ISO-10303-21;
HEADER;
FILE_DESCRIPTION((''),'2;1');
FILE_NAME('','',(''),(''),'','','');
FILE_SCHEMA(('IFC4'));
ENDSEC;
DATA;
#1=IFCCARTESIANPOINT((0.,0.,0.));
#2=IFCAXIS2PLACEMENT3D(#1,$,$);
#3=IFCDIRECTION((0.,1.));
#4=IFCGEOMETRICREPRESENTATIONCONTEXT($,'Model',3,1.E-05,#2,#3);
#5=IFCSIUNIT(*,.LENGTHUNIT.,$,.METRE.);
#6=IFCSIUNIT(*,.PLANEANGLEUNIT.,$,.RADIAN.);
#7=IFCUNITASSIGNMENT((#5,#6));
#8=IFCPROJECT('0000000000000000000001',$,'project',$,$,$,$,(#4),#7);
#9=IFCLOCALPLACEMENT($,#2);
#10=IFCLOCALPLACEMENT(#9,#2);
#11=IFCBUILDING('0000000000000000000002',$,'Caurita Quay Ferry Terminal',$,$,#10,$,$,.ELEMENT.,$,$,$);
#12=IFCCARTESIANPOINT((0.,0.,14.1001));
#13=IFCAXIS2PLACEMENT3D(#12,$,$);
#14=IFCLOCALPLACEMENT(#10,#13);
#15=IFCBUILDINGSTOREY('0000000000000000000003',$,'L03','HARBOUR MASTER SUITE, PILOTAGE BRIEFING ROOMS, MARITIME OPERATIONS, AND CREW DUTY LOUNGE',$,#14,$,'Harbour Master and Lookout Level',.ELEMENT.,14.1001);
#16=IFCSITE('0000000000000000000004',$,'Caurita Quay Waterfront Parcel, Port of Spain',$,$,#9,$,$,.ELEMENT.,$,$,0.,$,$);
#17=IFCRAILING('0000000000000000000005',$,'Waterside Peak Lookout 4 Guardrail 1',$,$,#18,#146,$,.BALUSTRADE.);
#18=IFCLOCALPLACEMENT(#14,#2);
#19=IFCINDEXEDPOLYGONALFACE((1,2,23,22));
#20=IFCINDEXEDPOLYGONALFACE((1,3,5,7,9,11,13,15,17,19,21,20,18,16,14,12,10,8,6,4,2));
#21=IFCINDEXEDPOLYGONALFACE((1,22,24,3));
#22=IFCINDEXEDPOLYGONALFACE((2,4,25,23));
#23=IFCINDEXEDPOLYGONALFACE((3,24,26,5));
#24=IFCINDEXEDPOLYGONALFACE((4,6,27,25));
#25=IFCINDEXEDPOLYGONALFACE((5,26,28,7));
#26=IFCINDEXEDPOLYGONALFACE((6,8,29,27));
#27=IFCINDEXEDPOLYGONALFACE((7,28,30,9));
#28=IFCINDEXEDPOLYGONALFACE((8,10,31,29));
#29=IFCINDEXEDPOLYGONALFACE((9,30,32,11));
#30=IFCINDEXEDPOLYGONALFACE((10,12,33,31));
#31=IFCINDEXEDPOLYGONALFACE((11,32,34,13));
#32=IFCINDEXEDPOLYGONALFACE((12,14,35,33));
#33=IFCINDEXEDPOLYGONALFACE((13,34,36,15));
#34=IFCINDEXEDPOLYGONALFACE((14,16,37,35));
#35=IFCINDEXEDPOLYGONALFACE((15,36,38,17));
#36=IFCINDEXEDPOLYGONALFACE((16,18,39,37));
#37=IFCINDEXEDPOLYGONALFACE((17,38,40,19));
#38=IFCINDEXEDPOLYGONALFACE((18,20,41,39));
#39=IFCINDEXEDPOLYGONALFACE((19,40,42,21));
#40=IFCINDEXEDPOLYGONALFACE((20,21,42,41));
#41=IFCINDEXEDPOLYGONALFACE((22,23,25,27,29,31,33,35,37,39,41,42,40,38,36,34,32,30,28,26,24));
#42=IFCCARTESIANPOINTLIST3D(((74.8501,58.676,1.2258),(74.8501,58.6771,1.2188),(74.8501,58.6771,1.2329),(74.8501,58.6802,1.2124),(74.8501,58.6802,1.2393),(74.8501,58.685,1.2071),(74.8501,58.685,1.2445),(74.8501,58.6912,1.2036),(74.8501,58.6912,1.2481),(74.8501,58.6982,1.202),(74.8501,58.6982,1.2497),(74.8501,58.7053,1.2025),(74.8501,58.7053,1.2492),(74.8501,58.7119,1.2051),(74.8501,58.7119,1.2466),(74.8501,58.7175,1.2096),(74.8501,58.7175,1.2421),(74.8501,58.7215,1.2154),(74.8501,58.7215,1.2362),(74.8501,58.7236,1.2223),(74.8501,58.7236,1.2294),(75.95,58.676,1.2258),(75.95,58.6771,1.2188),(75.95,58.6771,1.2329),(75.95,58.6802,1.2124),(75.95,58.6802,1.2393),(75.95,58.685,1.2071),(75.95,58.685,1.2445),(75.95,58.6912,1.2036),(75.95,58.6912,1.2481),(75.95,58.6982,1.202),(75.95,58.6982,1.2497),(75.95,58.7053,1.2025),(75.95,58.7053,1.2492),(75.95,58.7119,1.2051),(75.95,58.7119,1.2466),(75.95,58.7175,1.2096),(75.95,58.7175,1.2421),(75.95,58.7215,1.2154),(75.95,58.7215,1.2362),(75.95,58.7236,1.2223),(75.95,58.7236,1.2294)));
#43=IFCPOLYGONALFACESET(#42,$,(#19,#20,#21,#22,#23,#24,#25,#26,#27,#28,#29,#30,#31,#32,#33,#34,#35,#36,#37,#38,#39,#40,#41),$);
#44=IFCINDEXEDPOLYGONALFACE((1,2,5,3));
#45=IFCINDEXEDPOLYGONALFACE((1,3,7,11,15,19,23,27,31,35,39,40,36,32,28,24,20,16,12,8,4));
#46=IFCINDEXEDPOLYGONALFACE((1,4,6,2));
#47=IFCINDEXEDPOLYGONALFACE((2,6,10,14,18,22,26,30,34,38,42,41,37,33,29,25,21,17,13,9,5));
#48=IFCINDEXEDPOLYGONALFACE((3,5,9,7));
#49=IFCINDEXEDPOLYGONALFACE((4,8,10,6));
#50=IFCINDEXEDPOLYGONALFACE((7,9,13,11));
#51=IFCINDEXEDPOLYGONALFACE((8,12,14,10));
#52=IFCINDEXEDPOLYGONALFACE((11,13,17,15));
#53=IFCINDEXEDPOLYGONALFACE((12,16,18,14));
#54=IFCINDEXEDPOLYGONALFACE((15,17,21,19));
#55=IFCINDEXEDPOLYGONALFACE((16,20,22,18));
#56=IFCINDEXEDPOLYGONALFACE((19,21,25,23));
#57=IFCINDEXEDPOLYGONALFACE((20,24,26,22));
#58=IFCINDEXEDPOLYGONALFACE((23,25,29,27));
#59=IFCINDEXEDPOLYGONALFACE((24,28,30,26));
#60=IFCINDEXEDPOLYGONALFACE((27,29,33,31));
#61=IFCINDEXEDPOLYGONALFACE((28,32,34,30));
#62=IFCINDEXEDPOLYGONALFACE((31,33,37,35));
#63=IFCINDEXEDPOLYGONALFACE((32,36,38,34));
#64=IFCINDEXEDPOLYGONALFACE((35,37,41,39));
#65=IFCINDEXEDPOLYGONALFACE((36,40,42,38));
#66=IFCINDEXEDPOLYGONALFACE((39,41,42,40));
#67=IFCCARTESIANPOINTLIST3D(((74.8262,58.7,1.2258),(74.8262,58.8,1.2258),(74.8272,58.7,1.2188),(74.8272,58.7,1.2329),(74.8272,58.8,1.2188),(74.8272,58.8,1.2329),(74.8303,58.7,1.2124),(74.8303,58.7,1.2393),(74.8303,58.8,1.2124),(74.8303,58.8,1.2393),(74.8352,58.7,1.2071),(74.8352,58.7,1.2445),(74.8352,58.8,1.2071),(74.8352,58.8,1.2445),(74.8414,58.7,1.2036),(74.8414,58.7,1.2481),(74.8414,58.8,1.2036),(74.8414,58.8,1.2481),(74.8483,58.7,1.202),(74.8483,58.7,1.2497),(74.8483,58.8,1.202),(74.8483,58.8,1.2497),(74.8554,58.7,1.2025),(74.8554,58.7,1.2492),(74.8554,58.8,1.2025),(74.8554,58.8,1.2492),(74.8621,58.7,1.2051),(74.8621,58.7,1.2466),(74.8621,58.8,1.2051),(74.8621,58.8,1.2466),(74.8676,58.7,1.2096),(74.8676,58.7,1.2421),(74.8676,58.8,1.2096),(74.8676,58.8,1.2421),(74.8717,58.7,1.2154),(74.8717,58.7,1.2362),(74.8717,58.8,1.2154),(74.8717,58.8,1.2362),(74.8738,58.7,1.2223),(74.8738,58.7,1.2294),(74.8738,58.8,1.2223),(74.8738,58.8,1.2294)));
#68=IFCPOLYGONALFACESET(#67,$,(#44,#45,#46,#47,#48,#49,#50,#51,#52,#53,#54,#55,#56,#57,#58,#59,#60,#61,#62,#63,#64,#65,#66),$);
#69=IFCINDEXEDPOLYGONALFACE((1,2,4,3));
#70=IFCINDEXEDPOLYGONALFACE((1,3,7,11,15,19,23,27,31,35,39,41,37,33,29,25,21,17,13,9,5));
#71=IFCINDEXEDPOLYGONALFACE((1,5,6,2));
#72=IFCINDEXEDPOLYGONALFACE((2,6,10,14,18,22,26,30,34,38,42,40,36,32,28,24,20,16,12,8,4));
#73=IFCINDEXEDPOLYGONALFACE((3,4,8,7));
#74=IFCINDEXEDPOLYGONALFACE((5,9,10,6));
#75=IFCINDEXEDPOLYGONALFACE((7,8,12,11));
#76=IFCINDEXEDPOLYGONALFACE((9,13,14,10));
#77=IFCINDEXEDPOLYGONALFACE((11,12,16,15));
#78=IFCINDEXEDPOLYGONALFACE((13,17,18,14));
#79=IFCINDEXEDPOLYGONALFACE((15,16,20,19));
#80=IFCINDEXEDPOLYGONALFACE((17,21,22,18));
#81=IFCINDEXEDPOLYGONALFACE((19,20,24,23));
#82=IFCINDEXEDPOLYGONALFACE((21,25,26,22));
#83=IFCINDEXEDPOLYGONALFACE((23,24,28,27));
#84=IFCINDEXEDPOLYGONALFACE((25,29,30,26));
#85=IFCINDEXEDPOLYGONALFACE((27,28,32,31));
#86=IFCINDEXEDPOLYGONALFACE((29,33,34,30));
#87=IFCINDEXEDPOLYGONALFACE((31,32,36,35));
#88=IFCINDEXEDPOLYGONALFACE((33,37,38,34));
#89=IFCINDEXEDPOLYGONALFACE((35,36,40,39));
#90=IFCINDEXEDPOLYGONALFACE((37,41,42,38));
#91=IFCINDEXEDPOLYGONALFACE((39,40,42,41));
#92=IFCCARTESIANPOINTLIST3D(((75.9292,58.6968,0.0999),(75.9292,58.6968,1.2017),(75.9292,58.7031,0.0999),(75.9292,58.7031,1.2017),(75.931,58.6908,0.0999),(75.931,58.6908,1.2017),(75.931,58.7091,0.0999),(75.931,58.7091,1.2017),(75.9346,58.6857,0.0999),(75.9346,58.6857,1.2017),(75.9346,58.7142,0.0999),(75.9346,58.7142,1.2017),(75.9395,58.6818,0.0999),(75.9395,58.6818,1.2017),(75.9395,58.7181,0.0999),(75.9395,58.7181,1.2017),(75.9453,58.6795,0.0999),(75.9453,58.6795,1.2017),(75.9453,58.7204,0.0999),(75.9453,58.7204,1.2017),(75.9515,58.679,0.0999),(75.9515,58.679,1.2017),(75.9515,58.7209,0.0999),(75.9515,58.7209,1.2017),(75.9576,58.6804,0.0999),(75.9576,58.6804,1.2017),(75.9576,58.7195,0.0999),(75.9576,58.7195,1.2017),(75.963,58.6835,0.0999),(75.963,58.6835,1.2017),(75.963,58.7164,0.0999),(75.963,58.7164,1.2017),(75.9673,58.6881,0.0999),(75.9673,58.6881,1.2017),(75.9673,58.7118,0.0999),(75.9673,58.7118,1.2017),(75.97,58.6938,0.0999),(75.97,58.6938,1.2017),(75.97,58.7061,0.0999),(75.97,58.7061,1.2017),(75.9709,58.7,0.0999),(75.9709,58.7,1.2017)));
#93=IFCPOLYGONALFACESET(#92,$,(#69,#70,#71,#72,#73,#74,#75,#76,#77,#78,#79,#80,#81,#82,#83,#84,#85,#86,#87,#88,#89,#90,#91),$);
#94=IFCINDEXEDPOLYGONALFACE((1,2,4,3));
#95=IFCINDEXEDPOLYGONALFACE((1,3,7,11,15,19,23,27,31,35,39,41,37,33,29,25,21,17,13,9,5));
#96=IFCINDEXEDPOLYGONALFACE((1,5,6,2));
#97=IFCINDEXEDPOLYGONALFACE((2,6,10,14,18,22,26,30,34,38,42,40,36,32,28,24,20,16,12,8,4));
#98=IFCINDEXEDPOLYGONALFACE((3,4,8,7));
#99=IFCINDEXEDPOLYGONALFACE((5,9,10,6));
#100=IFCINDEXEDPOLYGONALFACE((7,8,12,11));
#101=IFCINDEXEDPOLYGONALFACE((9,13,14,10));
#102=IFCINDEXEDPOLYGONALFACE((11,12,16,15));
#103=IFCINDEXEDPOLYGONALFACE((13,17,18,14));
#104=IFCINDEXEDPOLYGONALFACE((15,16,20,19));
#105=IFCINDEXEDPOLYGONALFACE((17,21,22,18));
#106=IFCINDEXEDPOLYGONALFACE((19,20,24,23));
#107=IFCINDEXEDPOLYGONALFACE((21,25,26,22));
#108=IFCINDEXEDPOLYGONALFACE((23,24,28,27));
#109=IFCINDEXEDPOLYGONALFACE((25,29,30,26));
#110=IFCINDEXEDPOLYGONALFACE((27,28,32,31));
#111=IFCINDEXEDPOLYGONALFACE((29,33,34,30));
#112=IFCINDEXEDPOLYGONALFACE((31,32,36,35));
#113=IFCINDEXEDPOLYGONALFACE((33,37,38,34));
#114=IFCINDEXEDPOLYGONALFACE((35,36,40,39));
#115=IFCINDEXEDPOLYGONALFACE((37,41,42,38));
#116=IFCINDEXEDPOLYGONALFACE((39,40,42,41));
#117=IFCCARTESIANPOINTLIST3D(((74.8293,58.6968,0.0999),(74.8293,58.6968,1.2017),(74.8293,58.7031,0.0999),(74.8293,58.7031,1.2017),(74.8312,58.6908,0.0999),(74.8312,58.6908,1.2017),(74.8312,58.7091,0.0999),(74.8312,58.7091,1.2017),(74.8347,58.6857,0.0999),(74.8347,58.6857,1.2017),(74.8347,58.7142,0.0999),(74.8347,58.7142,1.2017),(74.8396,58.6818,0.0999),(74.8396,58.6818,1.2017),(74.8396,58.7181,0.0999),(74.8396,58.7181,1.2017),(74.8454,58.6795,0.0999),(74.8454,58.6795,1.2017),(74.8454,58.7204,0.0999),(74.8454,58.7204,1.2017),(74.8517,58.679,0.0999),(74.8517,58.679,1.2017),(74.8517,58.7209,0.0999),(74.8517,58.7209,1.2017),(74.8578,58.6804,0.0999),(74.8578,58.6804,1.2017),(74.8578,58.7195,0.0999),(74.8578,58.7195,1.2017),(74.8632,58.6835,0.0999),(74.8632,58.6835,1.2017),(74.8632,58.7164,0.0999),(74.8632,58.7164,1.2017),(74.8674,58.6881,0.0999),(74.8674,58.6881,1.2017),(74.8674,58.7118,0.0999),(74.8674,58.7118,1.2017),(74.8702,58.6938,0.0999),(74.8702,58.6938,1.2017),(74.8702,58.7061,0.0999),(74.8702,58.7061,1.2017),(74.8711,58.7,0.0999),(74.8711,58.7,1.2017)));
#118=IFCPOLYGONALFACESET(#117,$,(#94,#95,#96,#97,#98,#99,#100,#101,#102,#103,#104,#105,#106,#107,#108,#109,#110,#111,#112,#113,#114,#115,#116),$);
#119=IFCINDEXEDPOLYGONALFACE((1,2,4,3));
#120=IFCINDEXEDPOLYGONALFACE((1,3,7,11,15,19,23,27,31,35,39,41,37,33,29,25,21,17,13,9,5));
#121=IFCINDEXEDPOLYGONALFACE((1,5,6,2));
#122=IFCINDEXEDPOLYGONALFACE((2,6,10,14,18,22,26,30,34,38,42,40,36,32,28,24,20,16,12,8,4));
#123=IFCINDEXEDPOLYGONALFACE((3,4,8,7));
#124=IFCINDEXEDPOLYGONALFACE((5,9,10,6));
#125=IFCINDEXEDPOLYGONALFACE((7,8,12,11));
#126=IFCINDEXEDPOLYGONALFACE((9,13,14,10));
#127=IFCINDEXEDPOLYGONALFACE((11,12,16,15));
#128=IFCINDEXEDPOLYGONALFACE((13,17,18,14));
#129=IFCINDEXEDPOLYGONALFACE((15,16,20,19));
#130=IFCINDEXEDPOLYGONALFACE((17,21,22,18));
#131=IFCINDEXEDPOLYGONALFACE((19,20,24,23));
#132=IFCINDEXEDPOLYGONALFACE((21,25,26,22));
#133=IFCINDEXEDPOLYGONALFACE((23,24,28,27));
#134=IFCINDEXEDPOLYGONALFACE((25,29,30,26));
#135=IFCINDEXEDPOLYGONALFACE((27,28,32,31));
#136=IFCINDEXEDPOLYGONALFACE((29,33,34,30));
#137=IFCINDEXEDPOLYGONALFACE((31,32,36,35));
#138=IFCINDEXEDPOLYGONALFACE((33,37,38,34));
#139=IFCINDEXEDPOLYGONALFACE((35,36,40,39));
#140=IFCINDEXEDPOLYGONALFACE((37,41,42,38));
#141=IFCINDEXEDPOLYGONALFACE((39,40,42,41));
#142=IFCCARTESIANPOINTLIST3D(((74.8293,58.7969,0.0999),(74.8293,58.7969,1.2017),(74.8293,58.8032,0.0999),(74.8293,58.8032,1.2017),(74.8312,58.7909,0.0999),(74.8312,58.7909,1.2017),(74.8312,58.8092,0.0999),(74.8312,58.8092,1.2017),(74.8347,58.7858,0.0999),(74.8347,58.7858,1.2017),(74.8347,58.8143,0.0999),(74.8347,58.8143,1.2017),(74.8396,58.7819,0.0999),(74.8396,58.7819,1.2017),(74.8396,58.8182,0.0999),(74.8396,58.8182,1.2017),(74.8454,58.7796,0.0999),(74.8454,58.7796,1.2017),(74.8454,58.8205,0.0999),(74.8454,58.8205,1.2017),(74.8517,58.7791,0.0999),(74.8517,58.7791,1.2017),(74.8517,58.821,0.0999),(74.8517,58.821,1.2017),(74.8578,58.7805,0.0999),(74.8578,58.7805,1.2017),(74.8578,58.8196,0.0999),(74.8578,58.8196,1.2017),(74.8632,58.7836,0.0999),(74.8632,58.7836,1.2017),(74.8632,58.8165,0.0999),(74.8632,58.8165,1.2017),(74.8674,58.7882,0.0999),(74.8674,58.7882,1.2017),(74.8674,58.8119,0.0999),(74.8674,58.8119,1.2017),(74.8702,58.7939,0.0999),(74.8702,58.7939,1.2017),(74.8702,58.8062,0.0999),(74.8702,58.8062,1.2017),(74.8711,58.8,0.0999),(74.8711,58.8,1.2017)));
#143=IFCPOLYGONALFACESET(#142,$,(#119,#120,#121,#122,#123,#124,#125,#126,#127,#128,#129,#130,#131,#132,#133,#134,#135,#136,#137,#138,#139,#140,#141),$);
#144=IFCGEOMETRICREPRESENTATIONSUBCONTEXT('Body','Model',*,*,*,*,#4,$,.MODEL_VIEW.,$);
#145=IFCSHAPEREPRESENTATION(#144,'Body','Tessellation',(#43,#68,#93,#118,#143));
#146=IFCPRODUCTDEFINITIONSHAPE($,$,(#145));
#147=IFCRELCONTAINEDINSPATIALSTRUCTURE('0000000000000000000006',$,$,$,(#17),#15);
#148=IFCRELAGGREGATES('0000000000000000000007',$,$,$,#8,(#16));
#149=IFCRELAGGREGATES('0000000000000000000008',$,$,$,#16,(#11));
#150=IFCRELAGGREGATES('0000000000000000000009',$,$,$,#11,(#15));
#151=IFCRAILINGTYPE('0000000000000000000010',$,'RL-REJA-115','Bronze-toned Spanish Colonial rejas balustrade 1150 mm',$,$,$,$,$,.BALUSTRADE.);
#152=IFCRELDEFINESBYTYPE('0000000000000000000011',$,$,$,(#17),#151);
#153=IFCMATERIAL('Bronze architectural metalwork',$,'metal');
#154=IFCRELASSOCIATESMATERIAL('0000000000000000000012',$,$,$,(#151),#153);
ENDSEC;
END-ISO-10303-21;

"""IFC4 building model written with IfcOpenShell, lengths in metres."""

from ifc_helpers import new_model, si_unit, direction, frame, origin, origin_2d, place, context, subcontext, project, spatial, circle, extrude, material, type_object, element, save


model = new_model("IFC4")

# Units and contexts
model_context = context("Model", 3, precision=1e-05, world=origin(), true_north=direction((0.0, 1.0)))
body_context = subcontext(model_context, "Body", "Model", "MODEL_VIEW")
ifc_project = project(units=[si_unit("LENGTHUNIT", "METRE"), si_unit("PLANEANGLEUNIT", "RADIAN")], contexts=[model_context])

# Site, building, storey
site_placement = place(None, origin())
site = spatial("IfcSite", under=ifc_project, at=site_placement, Name="Caurita Quay Waterfront Parcel, Port of Spain", CompositionType="ELEMENT", RefElevation=0.0)
building_placement = place(site_placement, origin())
building = spatial("IfcBuilding", under=site, at=building_placement, Name="Caurita Quay Ferry Terminal", CompositionType="ELEMENT")
storey_placement = place(building_placement, frame((0.0, 0.0, 14.1001)))
storey = spatial("IfcBuildingStorey", under=building, at=storey_placement, Name="L03", Description="HARBOUR MASTER SUITE, PILOTAGE BRIEFING ROOMS, MARITIME OPERATIONS, AND CREW DUTY LOUNGE", LongName="Harbour Master and Lookout Level", CompositionType="ELEMENT", Elevation=14.1001)

# Railing
ifc_material_1 = material(Name="Bronze architectural metalwork", Category="metal")
railing_type_1 = type_object("IfcRailingType", Name="RL-REJA-115", Description="Bronze-toned Spanish Colonial rejas balustrade 1150 mm", PredefinedType="BALUSTRADE", material=ifc_material_1)
railing_1_placement = place(storey_placement, frame((75.95, 58.7, 0.0999)))
element("IfcRailing", 1, at=railing_1_placement, inside=storey, type_object=railing_type_1, Name="Waterside Peak Lookout 4 Guardrail 1", PredefinedType="BALUSTRADE", context=body_context, shape_type="SweptSolid", body=[
    extrude(circle(Radius=0.0239, at=origin_2d()), frame((0.0, 0.0, 1.126), z_axis=(-1.0, 0.0, 0.0), x_axis=(0.0, -1.0, 0.0)), (0.0, 0.0, 1.0), 1.0999),
    extrude(circle(Radius=0.0239, at=origin_2d()), frame((-1.0999, 0.0, 1.126), z_axis=(0.0, 1.0, 0.0), x_axis=(-1.0, 0.0, 0.0)), (0.0, 0.0, 1.0), 0.1001),
    extrude(circle(Radius=0.021, at=origin_2d()), origin(), (0.0, 0.0, 1.0), 1.1018),
    extrude(circle(Radius=0.021, at=origin_2d()), frame((-1.0999, 0.0, 0.0)), (0.0, 0.0, 1.0), 1.1018),
    extrude(circle(Radius=0.021, at=origin_2d()), frame((-1.0999, 0.1001, 0.0)), (0.0, 0.0, 1.0), 1.1018),
])

save(model, "model.ifc")
